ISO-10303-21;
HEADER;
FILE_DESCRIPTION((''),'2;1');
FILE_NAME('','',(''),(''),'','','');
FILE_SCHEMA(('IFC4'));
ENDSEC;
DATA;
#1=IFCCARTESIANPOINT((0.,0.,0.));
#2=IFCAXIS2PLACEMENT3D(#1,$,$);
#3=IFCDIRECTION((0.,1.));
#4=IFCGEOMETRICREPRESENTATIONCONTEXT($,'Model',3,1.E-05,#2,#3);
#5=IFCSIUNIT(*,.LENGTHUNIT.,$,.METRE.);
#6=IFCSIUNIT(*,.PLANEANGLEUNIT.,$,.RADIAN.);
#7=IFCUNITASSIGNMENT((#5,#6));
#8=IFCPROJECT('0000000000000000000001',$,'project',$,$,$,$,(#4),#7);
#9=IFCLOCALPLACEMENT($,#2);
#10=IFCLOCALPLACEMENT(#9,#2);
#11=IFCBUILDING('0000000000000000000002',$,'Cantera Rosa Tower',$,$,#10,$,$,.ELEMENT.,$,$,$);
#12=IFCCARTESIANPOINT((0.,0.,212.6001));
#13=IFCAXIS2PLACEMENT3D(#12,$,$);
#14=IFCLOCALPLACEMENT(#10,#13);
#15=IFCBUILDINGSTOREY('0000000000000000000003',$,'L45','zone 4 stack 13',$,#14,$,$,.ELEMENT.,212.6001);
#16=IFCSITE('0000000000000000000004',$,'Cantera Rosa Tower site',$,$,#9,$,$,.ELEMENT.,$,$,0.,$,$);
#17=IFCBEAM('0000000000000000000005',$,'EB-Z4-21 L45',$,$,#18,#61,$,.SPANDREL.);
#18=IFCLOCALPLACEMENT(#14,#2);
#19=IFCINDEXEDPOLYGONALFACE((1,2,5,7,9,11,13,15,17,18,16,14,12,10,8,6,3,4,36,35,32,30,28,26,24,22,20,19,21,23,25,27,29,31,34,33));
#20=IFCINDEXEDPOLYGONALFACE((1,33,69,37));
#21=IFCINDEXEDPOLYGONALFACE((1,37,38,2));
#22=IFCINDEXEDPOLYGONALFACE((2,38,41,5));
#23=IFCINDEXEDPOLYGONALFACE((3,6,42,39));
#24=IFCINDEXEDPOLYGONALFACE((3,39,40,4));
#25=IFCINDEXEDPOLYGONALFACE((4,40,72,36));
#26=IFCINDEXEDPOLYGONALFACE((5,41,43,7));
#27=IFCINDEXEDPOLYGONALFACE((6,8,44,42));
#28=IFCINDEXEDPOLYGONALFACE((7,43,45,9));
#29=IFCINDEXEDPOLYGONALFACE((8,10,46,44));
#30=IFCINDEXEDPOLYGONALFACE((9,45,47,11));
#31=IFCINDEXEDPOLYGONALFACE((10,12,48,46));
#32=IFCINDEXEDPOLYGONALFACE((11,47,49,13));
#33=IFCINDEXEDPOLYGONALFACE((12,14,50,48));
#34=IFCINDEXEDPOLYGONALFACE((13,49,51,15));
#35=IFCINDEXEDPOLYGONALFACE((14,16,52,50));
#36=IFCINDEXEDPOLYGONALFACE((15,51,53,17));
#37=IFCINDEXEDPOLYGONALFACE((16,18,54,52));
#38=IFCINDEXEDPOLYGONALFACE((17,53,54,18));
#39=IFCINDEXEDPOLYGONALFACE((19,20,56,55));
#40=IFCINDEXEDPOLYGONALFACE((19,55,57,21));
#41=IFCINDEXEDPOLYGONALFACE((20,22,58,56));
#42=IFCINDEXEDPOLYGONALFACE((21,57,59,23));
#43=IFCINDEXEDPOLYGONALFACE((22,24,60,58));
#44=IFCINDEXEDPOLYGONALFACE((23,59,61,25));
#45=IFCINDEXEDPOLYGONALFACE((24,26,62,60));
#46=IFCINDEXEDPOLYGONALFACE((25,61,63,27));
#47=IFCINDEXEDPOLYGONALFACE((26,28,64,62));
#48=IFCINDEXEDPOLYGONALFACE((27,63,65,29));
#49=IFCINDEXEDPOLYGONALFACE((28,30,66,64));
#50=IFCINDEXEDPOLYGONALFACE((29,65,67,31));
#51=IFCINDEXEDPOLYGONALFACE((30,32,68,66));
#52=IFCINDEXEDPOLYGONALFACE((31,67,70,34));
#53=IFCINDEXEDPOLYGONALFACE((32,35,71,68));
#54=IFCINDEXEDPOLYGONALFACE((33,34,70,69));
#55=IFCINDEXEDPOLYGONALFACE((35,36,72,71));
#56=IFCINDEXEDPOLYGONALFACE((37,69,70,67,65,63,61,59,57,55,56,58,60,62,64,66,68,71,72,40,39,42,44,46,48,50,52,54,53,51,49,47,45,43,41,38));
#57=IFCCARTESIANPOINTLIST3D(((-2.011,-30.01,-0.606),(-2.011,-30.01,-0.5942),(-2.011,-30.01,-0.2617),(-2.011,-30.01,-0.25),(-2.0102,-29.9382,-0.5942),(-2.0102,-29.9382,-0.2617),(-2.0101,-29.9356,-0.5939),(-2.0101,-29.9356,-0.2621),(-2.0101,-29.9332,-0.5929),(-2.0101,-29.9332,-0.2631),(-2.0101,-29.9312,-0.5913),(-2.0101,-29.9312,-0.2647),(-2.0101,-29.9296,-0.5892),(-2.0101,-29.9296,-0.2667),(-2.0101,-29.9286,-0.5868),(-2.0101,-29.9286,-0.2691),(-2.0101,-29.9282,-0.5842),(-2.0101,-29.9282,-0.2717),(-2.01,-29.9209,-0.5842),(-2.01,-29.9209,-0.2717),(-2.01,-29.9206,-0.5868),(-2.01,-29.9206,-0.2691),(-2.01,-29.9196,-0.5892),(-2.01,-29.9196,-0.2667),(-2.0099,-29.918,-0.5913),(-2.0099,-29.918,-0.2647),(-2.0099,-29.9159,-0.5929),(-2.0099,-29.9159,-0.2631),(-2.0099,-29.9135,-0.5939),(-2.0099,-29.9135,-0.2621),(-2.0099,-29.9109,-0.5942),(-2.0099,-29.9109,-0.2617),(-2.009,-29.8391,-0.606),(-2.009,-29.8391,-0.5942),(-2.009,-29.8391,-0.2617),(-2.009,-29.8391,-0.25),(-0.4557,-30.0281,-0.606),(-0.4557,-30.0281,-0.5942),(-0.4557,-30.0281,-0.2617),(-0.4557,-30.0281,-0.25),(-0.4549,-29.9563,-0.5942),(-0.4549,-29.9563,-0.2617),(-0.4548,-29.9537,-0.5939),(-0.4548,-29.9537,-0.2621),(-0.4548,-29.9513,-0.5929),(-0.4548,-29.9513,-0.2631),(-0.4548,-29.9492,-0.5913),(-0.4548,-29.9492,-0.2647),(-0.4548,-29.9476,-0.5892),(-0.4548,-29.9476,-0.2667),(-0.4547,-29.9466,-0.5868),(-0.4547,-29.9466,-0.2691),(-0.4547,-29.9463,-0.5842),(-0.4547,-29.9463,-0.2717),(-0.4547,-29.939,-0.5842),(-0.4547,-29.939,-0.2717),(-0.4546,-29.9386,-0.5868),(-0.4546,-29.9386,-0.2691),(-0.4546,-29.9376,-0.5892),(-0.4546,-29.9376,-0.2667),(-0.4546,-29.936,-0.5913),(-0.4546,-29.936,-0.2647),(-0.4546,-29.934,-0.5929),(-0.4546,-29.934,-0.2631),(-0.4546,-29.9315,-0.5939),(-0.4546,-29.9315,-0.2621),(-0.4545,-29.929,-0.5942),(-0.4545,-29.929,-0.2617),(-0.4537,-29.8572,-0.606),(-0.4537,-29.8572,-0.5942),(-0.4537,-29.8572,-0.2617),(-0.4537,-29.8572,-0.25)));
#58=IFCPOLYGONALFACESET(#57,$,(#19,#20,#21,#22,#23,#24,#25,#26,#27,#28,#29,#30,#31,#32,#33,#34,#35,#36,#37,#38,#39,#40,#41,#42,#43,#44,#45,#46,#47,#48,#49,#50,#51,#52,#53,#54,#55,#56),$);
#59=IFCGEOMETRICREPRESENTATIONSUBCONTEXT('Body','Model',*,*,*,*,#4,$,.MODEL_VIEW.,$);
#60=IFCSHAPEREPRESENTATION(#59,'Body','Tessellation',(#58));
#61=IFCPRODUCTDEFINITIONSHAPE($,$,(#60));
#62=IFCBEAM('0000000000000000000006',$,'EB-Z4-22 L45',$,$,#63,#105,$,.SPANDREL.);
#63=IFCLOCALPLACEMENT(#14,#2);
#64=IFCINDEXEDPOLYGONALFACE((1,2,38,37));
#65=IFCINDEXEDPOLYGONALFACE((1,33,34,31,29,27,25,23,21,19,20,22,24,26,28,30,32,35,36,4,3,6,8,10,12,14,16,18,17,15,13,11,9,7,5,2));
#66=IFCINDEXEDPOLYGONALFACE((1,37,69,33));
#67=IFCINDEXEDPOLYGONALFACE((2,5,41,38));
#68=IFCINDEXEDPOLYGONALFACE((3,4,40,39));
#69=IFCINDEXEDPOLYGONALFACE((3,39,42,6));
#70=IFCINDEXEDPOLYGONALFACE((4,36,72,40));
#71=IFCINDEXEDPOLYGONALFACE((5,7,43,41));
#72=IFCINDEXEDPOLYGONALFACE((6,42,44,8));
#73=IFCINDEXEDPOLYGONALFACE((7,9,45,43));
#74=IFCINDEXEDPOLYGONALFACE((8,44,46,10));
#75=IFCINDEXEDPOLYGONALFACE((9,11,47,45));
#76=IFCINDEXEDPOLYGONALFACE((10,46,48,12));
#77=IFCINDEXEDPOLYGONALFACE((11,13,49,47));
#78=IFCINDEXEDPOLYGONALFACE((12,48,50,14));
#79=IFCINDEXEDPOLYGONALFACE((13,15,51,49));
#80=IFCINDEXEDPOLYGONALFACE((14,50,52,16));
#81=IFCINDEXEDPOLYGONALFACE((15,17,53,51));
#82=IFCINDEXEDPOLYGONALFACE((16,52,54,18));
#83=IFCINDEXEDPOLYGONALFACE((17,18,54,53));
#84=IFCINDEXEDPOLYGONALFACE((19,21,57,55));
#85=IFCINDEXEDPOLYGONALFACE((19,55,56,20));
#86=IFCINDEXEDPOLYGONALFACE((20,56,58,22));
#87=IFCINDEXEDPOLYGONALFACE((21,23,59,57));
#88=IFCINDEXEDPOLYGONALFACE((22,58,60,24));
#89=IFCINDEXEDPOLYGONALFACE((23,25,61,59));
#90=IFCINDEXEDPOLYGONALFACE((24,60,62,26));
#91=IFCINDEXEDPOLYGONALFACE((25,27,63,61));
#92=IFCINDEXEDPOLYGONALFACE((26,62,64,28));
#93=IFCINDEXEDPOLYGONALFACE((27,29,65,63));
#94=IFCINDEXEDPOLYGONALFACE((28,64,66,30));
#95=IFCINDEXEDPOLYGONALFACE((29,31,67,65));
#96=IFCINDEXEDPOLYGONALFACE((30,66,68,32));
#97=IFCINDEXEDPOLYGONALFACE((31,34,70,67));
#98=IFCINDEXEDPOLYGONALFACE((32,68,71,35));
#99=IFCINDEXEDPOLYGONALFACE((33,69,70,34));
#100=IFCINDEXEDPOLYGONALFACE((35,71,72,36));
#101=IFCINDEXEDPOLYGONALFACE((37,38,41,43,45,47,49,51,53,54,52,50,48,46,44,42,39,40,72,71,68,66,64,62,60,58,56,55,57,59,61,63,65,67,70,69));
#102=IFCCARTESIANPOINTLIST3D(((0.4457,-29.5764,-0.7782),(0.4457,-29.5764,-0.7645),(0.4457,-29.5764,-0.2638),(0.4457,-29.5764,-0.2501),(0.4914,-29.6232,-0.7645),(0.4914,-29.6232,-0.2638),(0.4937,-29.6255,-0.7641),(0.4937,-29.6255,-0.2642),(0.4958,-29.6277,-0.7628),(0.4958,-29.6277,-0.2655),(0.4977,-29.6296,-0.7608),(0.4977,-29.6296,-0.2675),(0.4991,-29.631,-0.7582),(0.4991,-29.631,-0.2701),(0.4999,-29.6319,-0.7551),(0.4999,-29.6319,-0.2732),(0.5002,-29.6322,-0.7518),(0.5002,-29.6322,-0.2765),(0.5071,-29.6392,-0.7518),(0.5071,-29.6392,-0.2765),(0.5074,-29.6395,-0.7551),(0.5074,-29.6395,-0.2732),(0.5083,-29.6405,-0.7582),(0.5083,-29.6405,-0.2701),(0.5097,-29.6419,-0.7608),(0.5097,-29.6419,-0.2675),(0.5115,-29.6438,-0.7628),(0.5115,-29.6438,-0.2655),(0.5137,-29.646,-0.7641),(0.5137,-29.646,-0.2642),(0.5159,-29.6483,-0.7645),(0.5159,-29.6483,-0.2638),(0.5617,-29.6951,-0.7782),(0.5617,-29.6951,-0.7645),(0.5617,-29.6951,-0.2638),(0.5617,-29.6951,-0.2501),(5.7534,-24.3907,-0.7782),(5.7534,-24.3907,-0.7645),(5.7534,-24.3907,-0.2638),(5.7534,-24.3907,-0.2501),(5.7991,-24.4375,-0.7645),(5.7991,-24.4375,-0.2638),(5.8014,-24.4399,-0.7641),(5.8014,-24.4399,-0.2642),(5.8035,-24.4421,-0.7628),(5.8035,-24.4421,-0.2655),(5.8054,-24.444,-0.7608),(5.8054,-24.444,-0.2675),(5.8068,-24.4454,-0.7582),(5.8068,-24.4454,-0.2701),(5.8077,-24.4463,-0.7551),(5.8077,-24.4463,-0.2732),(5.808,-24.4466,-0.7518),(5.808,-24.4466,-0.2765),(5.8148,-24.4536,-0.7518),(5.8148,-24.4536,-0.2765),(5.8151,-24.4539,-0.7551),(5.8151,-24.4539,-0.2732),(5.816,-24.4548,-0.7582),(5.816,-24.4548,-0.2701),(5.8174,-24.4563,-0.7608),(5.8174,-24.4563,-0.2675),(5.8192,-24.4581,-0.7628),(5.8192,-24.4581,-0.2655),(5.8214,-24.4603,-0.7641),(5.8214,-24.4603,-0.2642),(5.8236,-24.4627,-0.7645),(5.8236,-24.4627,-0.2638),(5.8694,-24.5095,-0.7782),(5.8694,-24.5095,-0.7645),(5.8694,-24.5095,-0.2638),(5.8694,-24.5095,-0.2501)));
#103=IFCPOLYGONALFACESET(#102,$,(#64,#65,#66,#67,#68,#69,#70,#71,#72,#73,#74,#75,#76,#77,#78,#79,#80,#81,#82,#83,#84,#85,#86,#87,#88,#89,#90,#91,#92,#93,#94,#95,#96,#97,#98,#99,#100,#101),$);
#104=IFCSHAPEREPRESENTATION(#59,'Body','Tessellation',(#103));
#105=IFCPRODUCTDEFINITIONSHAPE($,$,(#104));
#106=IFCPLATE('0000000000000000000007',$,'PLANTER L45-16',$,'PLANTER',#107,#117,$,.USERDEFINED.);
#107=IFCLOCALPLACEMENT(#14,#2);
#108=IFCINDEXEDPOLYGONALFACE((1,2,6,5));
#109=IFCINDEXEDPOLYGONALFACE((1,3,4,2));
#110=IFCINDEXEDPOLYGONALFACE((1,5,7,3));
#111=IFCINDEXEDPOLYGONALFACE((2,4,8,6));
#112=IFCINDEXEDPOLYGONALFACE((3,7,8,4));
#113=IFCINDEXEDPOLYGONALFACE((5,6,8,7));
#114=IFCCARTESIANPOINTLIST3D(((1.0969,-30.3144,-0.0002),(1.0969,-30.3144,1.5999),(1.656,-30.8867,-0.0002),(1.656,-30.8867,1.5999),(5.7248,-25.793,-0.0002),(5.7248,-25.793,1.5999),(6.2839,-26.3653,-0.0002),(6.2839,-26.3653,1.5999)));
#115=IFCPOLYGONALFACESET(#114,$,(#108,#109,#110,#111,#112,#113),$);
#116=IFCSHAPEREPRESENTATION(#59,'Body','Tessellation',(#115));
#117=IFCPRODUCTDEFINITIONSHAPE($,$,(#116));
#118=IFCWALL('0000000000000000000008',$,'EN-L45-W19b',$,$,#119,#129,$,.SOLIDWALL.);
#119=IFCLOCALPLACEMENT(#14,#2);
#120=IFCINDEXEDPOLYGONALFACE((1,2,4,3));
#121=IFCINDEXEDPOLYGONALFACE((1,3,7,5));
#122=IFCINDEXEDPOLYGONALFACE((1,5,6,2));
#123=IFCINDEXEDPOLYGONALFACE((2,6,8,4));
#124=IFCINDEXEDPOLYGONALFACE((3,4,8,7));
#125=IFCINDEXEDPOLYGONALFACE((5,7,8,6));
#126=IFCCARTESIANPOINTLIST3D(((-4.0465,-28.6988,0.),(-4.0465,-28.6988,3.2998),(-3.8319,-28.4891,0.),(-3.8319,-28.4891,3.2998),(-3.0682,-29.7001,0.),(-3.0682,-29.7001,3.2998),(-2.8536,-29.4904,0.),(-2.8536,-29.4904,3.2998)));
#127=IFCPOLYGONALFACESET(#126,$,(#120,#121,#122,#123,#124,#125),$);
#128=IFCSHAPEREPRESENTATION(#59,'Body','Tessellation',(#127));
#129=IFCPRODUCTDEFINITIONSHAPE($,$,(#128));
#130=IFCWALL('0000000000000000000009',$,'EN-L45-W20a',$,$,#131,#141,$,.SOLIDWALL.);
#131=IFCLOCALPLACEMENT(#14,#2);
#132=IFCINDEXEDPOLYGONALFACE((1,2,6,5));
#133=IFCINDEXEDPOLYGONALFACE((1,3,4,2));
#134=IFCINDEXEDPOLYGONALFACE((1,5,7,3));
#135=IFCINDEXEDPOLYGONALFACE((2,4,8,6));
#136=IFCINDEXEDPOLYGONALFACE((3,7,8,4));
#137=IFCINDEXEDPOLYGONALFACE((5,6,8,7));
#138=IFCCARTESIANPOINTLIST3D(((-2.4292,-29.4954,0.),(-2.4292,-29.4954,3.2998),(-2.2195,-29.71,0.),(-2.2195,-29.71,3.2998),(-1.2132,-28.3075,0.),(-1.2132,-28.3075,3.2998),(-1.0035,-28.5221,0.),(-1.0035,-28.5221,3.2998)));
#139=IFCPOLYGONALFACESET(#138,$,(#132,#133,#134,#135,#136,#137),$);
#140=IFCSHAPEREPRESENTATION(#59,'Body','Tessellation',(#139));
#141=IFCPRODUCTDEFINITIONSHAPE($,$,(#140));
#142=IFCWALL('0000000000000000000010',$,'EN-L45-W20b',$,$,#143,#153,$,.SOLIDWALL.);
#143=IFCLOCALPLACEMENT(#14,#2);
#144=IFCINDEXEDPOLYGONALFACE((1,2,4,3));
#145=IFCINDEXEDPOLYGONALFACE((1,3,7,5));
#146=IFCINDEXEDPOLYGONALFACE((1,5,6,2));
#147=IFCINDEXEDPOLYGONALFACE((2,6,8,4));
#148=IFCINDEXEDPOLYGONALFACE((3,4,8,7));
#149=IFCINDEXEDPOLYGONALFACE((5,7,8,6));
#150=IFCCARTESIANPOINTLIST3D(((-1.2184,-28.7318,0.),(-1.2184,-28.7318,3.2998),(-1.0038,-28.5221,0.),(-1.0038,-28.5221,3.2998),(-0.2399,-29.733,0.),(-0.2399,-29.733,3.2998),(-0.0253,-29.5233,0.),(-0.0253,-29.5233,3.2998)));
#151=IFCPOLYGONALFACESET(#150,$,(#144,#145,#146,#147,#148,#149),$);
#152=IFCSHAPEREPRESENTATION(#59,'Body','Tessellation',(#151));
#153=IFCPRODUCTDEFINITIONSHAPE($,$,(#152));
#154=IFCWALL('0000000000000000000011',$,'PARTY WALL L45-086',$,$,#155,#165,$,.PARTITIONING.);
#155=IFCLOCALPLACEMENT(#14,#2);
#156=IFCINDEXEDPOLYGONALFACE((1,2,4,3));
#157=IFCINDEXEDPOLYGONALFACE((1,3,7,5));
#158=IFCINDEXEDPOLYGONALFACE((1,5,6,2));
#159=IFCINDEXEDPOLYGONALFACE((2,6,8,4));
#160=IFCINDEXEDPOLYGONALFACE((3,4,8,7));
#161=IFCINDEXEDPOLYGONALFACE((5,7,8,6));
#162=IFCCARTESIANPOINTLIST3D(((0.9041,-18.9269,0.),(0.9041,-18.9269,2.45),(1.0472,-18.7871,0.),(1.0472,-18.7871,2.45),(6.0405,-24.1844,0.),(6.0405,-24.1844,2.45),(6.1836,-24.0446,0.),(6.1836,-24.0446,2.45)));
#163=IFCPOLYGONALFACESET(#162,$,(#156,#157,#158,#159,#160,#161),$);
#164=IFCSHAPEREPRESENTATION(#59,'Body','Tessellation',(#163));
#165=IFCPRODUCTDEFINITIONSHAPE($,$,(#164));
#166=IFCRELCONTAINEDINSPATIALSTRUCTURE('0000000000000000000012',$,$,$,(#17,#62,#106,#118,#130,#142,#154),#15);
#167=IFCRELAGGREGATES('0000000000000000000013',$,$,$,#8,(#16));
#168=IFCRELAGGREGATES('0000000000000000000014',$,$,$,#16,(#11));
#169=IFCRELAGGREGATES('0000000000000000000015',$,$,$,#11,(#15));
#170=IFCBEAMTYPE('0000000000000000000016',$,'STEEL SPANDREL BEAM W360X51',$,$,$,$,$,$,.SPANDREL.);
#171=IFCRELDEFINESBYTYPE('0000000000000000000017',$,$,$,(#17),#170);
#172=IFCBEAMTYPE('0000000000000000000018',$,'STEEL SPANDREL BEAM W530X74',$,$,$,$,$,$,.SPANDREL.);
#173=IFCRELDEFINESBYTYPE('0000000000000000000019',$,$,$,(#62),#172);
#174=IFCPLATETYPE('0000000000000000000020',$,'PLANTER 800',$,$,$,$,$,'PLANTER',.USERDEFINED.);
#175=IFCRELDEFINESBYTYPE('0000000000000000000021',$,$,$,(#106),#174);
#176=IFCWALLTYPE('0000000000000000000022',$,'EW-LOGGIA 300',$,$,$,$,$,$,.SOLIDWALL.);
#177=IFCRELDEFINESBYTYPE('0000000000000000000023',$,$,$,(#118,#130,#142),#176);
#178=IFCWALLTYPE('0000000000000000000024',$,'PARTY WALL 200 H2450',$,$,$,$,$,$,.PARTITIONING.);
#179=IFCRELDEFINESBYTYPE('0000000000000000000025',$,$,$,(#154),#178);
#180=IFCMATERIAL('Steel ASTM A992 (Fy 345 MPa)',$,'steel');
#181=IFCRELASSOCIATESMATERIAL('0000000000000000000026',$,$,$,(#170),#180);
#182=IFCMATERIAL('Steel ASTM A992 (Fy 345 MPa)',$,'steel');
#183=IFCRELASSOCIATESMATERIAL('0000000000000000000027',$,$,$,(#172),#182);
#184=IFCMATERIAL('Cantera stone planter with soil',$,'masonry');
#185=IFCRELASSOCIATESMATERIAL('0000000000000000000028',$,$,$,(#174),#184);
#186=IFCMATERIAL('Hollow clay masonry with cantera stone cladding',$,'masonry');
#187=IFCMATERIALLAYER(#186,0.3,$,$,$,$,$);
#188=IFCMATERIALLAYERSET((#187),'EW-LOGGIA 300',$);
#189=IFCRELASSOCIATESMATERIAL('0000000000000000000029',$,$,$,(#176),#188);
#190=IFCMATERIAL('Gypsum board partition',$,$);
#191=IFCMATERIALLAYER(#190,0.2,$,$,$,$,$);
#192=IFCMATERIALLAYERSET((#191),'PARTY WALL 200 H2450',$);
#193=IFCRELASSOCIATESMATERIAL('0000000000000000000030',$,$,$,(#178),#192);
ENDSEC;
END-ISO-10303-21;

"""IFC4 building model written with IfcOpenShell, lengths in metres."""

from ifc_helpers import new_model, si_unit, direction, frame, frame_2d, origin, origin_2d, place, context, subcontext, project, spatial, rectangle, i_section, extrude, material, layer, layer_set, material_profile, profile_set, type_object, element, save


model = new_model("IFC4")

# Units and contexts
model_context = context("Model", 3, precision=1e-05, world=origin(), true_north=direction((0.0, 1.0)))
body_context = subcontext(model_context, "Body", "Model", "MODEL_VIEW")
ifc_project = project(units=[si_unit("LENGTHUNIT", "METRE"), si_unit("PLANEANGLEUNIT", "RADIAN")], contexts=[model_context])

# Site, building, storey
site_placement = place(None, origin())
site = spatial("IfcSite", under=ifc_project, at=site_placement, Name="Cantera Rosa Tower site", CompositionType="ELEMENT", RefElevation=0.0)
building_placement = place(site_placement, origin())
building = spatial("IfcBuilding", under=site, at=building_placement, Name="Cantera Rosa Tower", CompositionType="ELEMENT")
storey_placement = place(building_placement, frame((0.0, 0.0, 212.6001)))
storey = spatial("IfcBuildingStorey", under=building, at=storey_placement, Name="L45", Description="zone 4 stack 13", CompositionType="ELEMENT", Elevation=212.6001)

# Beams
ifc_material_1 = material(Name="Steel ASTM A992 (Fy 345 MPa)", Category="steel")
ifc_material_profile_1 = material_profile(ifc_material_1, i_section(OverallWidth=0.1709, OverallDepth=0.356, WebThickness=0.0073, FlangeThickness=0.0117, FilletRadius=0.01, at=origin_2d()), Name="W360X51")
ifc_profile_set_1 = profile_set([ifc_material_profile_1], Name="Steel ASTM A992 (Fy 345 MPa)")
beam_type_1 = type_object("IfcBeamType", Name="STEEL SPANDREL BEAM W360X51", PredefinedType="SPANDREL", material=ifc_profile_set_1)
beam_1_placement = place(storey_placement, frame((-2.01, -29.9246, -0.428), z_axis=(0.999933, -0.011614, 0.0), x_axis=(0.011614, 0.999933, 0.0)))
element("IfcBeam", 1, at=beam_1_placement, inside=storey, type_object=beam_type_1, Name="EB-Z4-21 L45", PredefinedType="SPANDREL", context=body_context, shape_type="SweptSolid", body=[
    extrude(i_section(OverallWidth=0.1709, OverallDepth=0.356, WebThickness=0.0073, FlangeThickness=0.0117, FilletRadius=0.01, at=origin_2d()), origin(), (0.0, 0.0, 1.0), 1.5554),
])
ifc_material_2 = material(Name="Steel ASTM A992 (Fy 345 MPa)", Category="steel")
ifc_material_profile_2 = material_profile(ifc_material_2, i_section(OverallWidth=0.166, OverallDepth=0.5281, WebThickness=0.0098, FlangeThickness=0.0137, FilletRadius=0.0127, at=origin_2d()), Name="W530X74")
ifc_profile_set_2 = profile_set([ifc_material_profile_2], Name="Steel ASTM A992 (Fy 345 MPa)")
beam_type_2 = type_object("IfcBeamType", Name="STEEL SPANDREL BEAM W530X74", PredefinedType="SPANDREL", material=ifc_profile_set_2)
beam_2_placement = place(storey_placement, frame((0.5037, -29.6357, -0.5142), z_axis=(0.715284, 0.698833, 0.0), x_axis=(-0.698833, 0.715284, 0.0)))
element("IfcBeam", 2, at=beam_2_placement, inside=storey, type_object=beam_type_2, Name="EB-Z4-22 L45", PredefinedType="SPANDREL", context=body_context, shape_type="SweptSolid", body=[
    extrude(i_section(OverallWidth=0.166, OverallDepth=0.5281, WebThickness=0.0098, FlangeThickness=0.0137, FilletRadius=0.0127, at=origin_2d()), origin(), (0.0, 0.0, 1.0), 7.4204),
])

# Plate
ifc_material_3 = material(Name="Cantera stone planter with soil", Category="masonry")
plate_type = type_object("IfcPlateType", Name="PLANTER 800", ElementType="PLANTER", PredefinedType="USERDEFINED", material=ifc_material_3)
plate_placement = place(storey_placement, frame((3.6904, -28.3398, -0.0002), z_axis=(0.0, 0.0, 1.0), x_axis=(0.715286, 0.698832, 0.0)))
element("IfcPlate", 3, at=plate_placement, inside=storey, type_object=plate_type, Name="PLANTER L45-16", ObjectType="PLANTER", PredefinedType="USERDEFINED", context=body_context, shape_type="SweptSolid", body=[
    extrude(rectangle(XDim=6.47, YDim=0.8, at=origin_2d()), origin(), (0.0, 0.0, 1.0), 1.6001),
])

# Walls
ifc_material_4 = material(Name="Hollow clay masonry with cantera stone cladding", Category="masonry")
ifc_layer_1 = layer(ifc_material_4, 0.3)
ifc_layer_set_1 = layer_set([ifc_layer_1], Name="EW-LOGGIA 300")
wall_type_1 = type_object("IfcWallType", Name="EW-LOGGIA 300", PredefinedType="SOLIDWALL", material=ifc_layer_set_1)
wall_1_placement = place(storey_placement, frame((-3.9392, -28.594, 0.0), z_axis=(0.0, 0.0, 1.0), x_axis=(0.698862, -0.715257, 0.0)))
element("IfcWall", 4, at=wall_1_placement, inside=storey, type_object=wall_type_1, Name="EN-L45-W19b", PredefinedType="SOLIDWALL", context=body_context, shape_type="SweptSolid", body=[
    extrude(rectangle(XDim=1.3999, YDim=0.3, at=frame_2d((0.7, 0.0))), origin(), (0.0, 0.0, 1.0), 3.2998),
])
wall_2_placement = place(storey_placement, frame((-2.3245, -29.6028, 0.0), z_axis=(0.0, 0.0, 1.0), x_axis=(0.715316, 0.698801, 0.0)))
element("IfcWall", 5, at=wall_2_placement, inside=storey, type_object=wall_type_1, Name="EN-L45-W20a", PredefinedType="SOLIDWALL", context=body_context, shape_type="SweptSolid", body=[
    extrude(rectangle(XDim=1.7, YDim=0.3, at=frame_2d((0.8501, 0.0))), origin(), (0.0, 0.0, 1.0), 3.2998),
])
wall_3_placement = place(storey_placement, frame((-1.1111, -28.627, 0.0), z_axis=(0.0, 0.0, 1.0), x_axis=(0.698951, -0.715169, 0.0)))
element("IfcWall", 6, at=wall_3_placement, inside=storey, type_object=wall_type_1, Name="EN-L45-W20b", PredefinedType="SOLIDWALL", context=body_context, shape_type="SweptSolid", body=[
    extrude(rectangle(XDim=1.3999, YDim=0.3, at=frame_2d((0.7, 0.0))), origin(), (0.0, 0.0, 1.0), 3.2998),
])

# Wall
ifc_material_5 = material(Name="Gypsum board partition")
ifc_layer_2 = layer(ifc_material_5, 0.2)
ifc_layer_set_2 = layer_set([ifc_layer_2], Name="PARTY WALL 200 H2450")
wall_type_2 = type_object("IfcWallType", Name="PARTY WALL 200 H2450", PredefinedType="PARTITIONING", material=ifc_layer_set_2)
wall_4_placement = place(storey_placement, frame((6.1121, -24.1145, 0.0), z_axis=(0.0, 0.0, 1.0), x_axis=(-0.698821, 0.715296, 0.0)))
element("IfcWall", 7, at=wall_4_placement, inside=storey, type_object=wall_type_2, Name="PARTY WALL L45-086", PredefinedType="PARTITIONING", context=body_context, shape_type="SweptSolid", body=[
    extrude(rectangle(XDim=7.3501, YDim=0.2, at=frame_2d((3.675, 0.0))), origin(), (0.0, 0.0, 1.0), 2.45),
])

save(model, "model.ifc")
